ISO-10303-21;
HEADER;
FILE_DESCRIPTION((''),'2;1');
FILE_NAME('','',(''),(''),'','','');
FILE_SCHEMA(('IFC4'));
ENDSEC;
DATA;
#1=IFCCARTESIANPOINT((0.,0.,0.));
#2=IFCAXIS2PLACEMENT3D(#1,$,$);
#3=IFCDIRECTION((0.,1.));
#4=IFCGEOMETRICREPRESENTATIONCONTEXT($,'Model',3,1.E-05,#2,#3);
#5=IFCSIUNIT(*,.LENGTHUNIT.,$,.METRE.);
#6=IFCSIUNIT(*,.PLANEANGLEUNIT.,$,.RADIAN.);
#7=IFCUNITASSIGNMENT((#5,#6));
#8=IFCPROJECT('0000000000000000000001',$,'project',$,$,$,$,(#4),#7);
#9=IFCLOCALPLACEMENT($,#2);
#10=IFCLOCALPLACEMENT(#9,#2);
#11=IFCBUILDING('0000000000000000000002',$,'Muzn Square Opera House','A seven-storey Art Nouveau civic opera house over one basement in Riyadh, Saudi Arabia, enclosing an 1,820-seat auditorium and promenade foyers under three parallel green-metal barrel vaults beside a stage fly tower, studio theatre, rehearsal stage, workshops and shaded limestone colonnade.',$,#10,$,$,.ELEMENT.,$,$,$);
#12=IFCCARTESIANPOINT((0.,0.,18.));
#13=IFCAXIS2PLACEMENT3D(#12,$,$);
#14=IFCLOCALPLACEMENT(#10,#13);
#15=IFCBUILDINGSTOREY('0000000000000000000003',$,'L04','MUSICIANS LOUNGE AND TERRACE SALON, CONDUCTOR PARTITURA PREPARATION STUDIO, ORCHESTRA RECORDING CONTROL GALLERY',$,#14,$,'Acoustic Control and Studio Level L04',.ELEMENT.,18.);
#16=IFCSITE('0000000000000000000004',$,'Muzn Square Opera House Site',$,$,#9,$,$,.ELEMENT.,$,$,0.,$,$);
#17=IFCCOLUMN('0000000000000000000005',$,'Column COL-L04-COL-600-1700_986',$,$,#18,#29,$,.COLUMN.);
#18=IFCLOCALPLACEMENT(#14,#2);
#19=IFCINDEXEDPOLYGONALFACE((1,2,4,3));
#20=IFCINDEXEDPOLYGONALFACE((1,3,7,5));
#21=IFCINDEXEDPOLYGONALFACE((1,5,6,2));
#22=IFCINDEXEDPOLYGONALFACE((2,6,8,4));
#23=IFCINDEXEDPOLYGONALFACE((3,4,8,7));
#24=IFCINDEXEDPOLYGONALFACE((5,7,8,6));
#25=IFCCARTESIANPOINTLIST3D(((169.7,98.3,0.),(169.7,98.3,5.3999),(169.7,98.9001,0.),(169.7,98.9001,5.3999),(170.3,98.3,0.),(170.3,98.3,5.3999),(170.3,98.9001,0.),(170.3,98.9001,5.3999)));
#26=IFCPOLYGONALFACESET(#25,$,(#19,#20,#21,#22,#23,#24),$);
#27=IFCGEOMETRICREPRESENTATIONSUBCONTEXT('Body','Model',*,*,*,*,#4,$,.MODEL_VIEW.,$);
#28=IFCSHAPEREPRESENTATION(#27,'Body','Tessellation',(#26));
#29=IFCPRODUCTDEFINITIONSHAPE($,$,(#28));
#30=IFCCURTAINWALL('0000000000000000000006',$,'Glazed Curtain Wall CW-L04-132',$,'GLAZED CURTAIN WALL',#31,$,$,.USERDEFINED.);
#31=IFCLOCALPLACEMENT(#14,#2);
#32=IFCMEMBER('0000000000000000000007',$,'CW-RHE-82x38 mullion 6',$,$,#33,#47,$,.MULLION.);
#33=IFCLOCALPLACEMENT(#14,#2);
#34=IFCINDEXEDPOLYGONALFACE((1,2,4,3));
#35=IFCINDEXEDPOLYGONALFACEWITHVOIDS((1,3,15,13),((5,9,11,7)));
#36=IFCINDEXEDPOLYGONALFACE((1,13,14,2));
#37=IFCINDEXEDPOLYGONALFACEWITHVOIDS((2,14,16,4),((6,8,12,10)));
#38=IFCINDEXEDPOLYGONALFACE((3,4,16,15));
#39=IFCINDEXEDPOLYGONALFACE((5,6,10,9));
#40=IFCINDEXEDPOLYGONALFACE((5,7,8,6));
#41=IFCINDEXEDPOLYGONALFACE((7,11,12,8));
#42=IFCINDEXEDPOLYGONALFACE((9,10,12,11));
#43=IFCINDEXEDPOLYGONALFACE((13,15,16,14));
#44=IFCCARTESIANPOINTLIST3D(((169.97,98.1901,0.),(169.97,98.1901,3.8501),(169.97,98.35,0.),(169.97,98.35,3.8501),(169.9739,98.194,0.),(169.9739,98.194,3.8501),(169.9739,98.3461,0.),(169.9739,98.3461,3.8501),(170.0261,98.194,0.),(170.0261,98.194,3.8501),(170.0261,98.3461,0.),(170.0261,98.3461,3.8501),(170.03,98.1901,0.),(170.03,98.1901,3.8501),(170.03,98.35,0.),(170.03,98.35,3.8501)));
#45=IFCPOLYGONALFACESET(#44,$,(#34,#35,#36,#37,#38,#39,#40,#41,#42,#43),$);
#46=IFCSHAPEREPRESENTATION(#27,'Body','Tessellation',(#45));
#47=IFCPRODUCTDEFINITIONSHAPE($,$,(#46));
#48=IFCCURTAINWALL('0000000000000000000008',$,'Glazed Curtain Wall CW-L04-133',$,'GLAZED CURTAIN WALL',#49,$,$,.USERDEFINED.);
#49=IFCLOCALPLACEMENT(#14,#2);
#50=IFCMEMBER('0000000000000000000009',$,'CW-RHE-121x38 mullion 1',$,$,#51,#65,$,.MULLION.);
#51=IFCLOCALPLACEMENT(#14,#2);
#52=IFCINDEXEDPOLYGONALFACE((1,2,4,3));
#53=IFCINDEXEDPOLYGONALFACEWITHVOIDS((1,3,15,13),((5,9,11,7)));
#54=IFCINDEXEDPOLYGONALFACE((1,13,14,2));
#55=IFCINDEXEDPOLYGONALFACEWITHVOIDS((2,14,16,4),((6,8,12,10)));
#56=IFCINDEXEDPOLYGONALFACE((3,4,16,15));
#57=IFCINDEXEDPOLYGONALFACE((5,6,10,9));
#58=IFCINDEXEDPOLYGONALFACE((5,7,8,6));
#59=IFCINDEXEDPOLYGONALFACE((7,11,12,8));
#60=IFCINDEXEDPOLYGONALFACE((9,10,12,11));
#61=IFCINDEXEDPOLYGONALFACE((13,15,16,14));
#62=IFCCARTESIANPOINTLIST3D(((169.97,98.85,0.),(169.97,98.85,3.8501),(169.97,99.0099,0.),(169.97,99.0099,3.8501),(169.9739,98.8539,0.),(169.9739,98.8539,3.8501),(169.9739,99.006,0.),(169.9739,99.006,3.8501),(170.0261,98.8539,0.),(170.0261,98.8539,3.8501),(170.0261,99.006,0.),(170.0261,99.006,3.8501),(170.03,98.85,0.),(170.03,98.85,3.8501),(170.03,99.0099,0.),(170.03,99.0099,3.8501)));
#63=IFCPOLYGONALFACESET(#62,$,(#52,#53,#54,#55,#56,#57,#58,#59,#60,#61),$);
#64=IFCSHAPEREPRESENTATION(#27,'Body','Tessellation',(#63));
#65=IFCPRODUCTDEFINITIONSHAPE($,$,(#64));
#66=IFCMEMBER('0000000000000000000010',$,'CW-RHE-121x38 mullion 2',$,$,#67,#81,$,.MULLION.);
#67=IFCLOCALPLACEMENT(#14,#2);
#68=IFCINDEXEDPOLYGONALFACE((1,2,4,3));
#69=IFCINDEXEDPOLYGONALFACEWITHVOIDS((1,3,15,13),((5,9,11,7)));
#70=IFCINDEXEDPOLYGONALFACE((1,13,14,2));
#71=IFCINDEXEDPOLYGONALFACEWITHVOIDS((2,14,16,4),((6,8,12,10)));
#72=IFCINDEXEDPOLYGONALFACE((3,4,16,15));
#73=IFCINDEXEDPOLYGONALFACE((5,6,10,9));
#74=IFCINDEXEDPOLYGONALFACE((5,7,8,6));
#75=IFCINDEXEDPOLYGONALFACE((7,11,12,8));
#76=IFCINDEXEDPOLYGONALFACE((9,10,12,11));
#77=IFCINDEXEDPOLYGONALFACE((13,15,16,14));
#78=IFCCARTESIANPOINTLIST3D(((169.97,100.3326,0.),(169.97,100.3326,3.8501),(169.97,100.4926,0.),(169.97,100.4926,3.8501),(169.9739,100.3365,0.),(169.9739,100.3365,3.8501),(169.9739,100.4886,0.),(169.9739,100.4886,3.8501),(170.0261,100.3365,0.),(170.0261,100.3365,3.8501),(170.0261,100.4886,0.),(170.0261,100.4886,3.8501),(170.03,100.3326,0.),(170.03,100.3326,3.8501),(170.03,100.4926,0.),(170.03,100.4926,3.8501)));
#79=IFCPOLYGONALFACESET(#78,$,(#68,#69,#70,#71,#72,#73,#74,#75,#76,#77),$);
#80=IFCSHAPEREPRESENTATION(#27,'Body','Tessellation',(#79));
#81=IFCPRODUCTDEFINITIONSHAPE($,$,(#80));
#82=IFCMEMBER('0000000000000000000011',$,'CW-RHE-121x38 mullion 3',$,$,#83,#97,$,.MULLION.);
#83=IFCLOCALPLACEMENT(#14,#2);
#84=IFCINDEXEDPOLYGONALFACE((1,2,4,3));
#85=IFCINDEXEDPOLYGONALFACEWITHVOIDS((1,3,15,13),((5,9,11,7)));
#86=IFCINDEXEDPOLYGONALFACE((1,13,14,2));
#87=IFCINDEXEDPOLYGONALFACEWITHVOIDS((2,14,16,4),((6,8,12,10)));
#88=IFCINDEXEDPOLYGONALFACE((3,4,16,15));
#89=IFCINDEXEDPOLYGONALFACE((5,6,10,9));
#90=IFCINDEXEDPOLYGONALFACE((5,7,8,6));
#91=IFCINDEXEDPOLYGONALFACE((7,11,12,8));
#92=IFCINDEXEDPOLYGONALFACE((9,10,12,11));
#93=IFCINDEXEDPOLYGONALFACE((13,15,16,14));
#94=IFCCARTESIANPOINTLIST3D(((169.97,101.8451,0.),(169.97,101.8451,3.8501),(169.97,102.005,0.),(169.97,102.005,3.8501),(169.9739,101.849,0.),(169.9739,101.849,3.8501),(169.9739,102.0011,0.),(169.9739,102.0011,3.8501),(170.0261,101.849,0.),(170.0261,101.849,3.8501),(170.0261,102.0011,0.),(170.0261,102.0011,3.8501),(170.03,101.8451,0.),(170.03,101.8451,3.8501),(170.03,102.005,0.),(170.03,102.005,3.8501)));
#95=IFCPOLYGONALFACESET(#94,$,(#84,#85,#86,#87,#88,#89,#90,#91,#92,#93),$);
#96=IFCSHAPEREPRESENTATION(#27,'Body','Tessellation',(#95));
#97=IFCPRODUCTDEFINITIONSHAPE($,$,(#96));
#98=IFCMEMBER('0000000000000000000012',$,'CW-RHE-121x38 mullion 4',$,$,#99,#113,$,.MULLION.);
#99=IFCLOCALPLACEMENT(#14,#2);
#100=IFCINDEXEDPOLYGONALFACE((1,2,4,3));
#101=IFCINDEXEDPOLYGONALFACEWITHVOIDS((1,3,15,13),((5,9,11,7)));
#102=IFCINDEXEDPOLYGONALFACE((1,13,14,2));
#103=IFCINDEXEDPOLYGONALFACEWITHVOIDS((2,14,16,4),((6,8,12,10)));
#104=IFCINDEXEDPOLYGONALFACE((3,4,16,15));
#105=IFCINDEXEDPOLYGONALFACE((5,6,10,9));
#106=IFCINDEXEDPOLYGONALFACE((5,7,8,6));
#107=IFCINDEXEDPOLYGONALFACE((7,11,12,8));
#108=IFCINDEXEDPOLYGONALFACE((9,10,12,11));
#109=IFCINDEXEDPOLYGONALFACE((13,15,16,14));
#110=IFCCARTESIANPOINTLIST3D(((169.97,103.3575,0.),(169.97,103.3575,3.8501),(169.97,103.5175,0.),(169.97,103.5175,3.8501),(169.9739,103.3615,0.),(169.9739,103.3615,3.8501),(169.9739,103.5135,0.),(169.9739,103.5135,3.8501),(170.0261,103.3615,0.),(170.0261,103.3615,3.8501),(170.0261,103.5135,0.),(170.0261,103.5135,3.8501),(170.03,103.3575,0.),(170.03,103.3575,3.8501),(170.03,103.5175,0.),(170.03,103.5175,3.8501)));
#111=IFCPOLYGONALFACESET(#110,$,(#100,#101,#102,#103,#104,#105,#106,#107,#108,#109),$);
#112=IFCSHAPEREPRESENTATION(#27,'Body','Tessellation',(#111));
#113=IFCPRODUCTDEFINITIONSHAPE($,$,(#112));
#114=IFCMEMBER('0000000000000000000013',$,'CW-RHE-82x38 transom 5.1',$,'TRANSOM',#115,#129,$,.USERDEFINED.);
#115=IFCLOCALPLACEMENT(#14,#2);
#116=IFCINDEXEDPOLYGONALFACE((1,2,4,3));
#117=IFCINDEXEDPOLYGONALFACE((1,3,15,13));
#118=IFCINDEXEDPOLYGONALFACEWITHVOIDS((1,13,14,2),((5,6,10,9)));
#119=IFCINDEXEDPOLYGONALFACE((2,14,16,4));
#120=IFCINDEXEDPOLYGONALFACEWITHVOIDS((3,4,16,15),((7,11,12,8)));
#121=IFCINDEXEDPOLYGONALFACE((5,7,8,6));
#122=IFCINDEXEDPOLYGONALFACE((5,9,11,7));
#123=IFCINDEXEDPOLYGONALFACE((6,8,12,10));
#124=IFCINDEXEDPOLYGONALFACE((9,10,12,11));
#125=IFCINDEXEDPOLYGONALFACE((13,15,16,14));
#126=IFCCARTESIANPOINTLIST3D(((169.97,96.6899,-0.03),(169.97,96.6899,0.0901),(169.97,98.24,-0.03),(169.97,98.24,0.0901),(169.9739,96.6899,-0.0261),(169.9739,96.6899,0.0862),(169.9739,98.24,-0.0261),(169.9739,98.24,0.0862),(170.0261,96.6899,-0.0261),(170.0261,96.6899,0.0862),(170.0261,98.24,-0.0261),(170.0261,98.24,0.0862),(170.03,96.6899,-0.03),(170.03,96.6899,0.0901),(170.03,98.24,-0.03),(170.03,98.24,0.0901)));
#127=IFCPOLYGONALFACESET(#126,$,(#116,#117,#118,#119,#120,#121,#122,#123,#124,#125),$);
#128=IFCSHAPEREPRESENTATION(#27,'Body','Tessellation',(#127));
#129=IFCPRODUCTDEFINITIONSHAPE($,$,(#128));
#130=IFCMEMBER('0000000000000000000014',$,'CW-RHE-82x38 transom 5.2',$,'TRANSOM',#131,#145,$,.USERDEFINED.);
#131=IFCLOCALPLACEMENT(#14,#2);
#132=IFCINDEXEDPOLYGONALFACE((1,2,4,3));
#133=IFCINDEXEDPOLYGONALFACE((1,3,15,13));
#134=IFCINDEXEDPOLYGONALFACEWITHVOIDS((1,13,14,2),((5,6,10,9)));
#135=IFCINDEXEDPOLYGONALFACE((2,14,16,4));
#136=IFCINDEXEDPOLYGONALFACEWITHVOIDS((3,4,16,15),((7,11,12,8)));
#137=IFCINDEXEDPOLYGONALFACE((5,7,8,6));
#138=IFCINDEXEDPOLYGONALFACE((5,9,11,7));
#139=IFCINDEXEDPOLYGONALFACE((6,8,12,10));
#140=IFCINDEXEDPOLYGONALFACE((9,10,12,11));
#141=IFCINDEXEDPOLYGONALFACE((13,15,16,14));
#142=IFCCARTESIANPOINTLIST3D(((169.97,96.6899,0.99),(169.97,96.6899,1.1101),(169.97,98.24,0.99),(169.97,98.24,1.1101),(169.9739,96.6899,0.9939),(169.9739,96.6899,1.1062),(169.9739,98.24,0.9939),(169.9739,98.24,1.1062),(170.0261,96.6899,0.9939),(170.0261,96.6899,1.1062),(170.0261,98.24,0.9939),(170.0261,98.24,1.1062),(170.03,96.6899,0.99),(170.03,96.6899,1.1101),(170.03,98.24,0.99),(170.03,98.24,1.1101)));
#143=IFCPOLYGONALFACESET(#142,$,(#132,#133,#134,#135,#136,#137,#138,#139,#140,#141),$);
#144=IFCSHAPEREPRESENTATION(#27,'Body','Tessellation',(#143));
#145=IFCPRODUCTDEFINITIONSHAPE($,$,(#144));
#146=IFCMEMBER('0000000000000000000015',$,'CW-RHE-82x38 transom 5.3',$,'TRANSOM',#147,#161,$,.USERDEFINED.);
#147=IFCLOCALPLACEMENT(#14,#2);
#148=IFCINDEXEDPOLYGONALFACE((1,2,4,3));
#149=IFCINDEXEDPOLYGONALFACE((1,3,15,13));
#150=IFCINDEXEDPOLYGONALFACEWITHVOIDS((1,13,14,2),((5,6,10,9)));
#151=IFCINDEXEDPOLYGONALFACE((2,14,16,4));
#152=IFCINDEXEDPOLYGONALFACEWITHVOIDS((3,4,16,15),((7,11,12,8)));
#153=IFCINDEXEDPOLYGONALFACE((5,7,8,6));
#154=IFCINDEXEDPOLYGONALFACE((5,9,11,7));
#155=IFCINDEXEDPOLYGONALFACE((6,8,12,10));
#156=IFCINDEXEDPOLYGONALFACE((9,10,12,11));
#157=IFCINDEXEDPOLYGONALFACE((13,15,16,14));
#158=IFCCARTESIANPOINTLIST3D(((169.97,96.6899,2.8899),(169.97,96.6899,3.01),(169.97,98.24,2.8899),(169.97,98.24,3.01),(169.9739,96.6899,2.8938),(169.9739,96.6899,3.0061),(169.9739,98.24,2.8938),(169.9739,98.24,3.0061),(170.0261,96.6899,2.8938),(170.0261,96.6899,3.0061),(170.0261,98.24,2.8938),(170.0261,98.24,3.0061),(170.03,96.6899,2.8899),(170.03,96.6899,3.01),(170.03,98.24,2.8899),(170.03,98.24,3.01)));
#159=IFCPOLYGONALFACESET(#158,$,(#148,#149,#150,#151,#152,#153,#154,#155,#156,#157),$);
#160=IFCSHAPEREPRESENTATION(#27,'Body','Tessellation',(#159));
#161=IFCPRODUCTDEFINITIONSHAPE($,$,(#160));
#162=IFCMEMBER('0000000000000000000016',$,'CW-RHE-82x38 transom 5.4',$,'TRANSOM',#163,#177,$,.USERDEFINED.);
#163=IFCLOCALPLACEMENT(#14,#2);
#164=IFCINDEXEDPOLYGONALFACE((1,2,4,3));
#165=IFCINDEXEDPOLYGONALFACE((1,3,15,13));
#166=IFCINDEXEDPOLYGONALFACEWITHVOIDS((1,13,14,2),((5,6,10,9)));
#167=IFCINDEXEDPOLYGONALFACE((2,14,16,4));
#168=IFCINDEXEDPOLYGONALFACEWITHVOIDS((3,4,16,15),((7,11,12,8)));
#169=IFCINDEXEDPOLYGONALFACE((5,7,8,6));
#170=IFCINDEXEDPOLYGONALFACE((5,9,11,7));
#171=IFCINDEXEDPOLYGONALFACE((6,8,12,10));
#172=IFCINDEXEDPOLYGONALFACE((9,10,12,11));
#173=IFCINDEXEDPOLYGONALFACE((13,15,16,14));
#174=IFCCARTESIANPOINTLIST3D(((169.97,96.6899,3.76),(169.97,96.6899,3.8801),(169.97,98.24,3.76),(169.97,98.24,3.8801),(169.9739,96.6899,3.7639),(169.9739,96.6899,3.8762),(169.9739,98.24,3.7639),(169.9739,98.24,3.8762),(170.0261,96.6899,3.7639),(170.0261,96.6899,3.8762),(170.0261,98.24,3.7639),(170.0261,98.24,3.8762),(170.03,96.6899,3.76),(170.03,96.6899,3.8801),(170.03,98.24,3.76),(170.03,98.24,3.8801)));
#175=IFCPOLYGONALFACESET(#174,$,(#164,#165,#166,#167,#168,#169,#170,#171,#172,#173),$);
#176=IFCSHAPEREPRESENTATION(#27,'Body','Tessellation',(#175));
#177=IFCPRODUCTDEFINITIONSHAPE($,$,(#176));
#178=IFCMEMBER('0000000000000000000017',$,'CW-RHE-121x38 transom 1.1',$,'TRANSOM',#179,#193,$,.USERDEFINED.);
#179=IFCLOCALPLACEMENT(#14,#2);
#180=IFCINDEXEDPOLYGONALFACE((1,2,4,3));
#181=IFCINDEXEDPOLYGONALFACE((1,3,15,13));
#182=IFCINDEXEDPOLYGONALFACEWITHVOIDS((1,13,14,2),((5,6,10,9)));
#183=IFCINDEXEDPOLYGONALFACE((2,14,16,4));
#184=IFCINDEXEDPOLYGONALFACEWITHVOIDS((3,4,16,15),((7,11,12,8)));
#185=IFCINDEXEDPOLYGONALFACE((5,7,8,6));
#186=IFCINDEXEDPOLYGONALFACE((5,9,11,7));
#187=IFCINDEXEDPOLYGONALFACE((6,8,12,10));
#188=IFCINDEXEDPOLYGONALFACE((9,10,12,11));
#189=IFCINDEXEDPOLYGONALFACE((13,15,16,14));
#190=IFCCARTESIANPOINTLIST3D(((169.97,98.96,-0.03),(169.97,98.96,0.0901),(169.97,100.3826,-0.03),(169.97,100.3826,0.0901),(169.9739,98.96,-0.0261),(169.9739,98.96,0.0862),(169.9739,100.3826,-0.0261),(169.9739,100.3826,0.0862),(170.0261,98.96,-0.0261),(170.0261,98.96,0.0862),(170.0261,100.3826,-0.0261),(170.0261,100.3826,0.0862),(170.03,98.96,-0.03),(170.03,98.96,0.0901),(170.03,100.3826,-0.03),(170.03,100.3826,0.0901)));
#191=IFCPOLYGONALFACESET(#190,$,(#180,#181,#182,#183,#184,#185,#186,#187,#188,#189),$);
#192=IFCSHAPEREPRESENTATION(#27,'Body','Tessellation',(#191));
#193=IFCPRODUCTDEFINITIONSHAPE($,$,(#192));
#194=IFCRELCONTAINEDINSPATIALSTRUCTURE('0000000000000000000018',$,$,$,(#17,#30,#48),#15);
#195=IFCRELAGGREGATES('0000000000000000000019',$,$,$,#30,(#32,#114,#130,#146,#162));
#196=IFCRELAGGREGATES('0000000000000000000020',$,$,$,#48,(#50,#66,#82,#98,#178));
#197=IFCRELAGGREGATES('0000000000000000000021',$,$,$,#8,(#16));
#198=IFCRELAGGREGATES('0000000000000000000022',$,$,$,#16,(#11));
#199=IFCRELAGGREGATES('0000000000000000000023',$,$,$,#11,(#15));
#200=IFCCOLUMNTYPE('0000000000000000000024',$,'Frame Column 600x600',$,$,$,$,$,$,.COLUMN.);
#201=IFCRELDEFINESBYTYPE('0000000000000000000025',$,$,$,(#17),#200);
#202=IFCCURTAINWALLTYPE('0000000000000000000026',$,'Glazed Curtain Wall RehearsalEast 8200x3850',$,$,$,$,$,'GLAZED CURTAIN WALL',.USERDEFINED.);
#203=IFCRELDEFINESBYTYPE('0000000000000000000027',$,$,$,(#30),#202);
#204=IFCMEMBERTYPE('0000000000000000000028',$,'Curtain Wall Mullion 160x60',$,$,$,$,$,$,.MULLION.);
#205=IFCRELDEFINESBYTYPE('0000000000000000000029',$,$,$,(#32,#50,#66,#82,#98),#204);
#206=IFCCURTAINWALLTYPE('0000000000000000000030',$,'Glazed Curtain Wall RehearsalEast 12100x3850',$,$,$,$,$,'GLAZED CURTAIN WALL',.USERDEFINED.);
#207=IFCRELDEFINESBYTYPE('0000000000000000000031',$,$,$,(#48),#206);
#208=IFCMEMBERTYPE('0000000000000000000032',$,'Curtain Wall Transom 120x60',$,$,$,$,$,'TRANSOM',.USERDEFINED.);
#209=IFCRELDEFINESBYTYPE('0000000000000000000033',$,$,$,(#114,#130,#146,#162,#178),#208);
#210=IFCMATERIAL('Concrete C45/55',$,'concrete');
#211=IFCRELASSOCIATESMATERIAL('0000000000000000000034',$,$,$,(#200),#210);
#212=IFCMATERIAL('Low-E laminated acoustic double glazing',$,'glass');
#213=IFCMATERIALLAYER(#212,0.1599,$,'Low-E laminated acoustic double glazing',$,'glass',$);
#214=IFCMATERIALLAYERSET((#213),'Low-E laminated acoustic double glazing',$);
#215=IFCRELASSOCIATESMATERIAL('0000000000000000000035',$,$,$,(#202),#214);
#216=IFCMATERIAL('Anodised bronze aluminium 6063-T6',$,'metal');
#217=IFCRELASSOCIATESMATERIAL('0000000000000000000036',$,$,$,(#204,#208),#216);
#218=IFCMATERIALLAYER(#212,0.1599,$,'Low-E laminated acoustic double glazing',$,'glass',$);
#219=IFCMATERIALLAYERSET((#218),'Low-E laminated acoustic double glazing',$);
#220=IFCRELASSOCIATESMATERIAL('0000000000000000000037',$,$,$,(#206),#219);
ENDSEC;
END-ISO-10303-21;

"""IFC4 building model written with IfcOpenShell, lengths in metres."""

from ifc_helpers import new_model, si_unit, direction, frame, origin, origin_2d, place, context, subcontext, project, spatial, rectangle, hollow_rectangle, extrude, material, layer, layer_set, material_profile, profile_set, type_object, element, aggregate, save


model = new_model("IFC4")

# Units and contexts
model_context = context("Model", 3, precision=1e-05, world=origin(), true_north=direction((0.0, 1.0)))
body_context = subcontext(model_context, "Body", "Model", "MODEL_VIEW")
ifc_project = project(units=[si_unit("LENGTHUNIT", "METRE"), si_unit("PLANEANGLEUNIT", "RADIAN")], contexts=[model_context])

# Site, building, storey
site_placement = place(None, origin())
site = spatial("IfcSite", under=ifc_project, at=site_placement, Name="Muzn Square Opera House Site", CompositionType="ELEMENT", RefElevation=0.0)
building_placement = place(site_placement, origin())
building = spatial("IfcBuilding", under=site, at=building_placement, Name="Muzn Square Opera House", Description="A seven-storey Art Nouveau civic opera house over one basement in Riyadh, Saudi Arabia, enclosing an 1,820-seat auditorium and promenade foyers under three parallel green-metal barrel vaults beside a stage fly tower, studio theatre, rehearsal stage, workshops and shaded limestone colonnade.", CompositionType="ELEMENT")
storey_placement = place(building_placement, frame((0.0, 0.0, 18.0)))
storey = spatial("IfcBuildingStorey", under=building, at=storey_placement, Name="L04", Description="MUSICIANS LOUNGE AND TERRACE SALON, CONDUCTOR PARTITURA PREPARATION STUDIO, ORCHESTRA RECORDING CONTROL GALLERY", LongName="Acoustic Control and Studio Level L04", CompositionType="ELEMENT", Elevation=18.0)

# Column
ifc_material_1 = material(Name="Concrete C45/55", Category="concrete")
ifc_material_profile_1 = material_profile(ifc_material_1, rectangle(XDim=0.6001, YDim=0.6001, at=origin_2d()), Name="RC 600x600", Category="concrete")
ifc_profile_set_1 = profile_set([ifc_material_profile_1], Name="Concrete C45/55")
column_type = type_object("IfcColumnType", Name="Frame Column 600x600", PredefinedType="COLUMN", material=ifc_profile_set_1)
column_placement = place(storey_placement, frame((170.0, 98.6001, 0.0), z_axis=(0.0, 0.0, 1.0), x_axis=(1.0, 0.0, 0.0)))
element("IfcColumn", 1, at=column_placement, inside=storey, type_object=column_type, Name="Column COL-L04-COL-600-1700_986", PredefinedType="COLUMN", context=body_context, shape_type="SweptSolid", body=[
    extrude(rectangle(XDim=0.6001, YDim=0.6001, at=origin_2d()), origin(), (0.0, 0.0, 1.0), 5.3999),
])

# Curtain wall, member
ifc_material_2 = material(Name="Low-E laminated acoustic double glazing", Category="glass")
ifc_layer_1 = layer(ifc_material_2, 0.1599, Name="Low-E laminated acoustic double glazing", Category="glass")
ifc_layer_set_1 = layer_set([ifc_layer_1], Name="Low-E laminated acoustic double glazing")
curtain_wall_type_1 = type_object("IfcCurtainWallType", Name="Glazed Curtain Wall RehearsalEast 8200x3850", ElementType="GLAZED CURTAIN WALL", PredefinedType="USERDEFINED", material=ifc_layer_set_1)
curtain_wall_1_placement = place(storey_placement, origin())
curtain_wall_1 = element("IfcCurtainWall", 2, at=curtain_wall_1_placement, inside=storey, type_object=curtain_wall_type_1, Name="Glazed Curtain Wall CW-L04-132", ObjectType="GLAZED CURTAIN WALL", PredefinedType="USERDEFINED")
ifc_material_3 = material(Name="Anodised bronze aluminium 6063-T6", Category="metal")
ifc_material_profile_2 = material_profile(ifc_material_3, hollow_rectangle(XDim=0.0601, YDim=0.1599, WallThickness=0.0039, at=origin_2d()), Name="ALU 160x60x4", Category="metal")
ifc_profile_set_2 = profile_set([ifc_material_profile_2], Name="Anodised bronze aluminium 6063-T6")
member_type_1 = type_object("IfcMemberType", Name="Curtain Wall Mullion 160x60", PredefinedType="MULLION", material=ifc_profile_set_2)
member_1_placement = place(storey_placement, frame((170.0, 98.27, 0.0), z_axis=(0.0, 0.0, 1.0), x_axis=(-1.0, 0.0, 0.0)))
member_1 = element("IfcMember", 3, at=member_1_placement, type_object=member_type_1, Name="CW-RHE-82x38 mullion 6", PredefinedType="MULLION", context=body_context, shape_type="SweptSolid", body=[
    extrude(hollow_rectangle(XDim=0.0601, YDim=0.1599, WallThickness=0.0039, at=origin_2d()), origin(), (0.0, 0.0, 1.0), 3.8501),
])

# Curtain wall, members
ifc_layer_2 = layer(ifc_material_2, 0.1599, Name="Low-E laminated acoustic double glazing", Category="glass")
ifc_layer_set_2 = layer_set([ifc_layer_2], Name="Low-E laminated acoustic double glazing")
curtain_wall_type_2 = type_object("IfcCurtainWallType", Name="Glazed Curtain Wall RehearsalEast 12100x3850", ElementType="GLAZED CURTAIN WALL", PredefinedType="USERDEFINED", material=ifc_layer_set_2)
curtain_wall_2_placement = place(storey_placement, origin())
curtain_wall_2 = element("IfcCurtainWall", 4, at=curtain_wall_2_placement, inside=storey, type_object=curtain_wall_type_2, Name="Glazed Curtain Wall CW-L04-133", ObjectType="GLAZED CURTAIN WALL", PredefinedType="USERDEFINED")
member_2_placement = place(storey_placement, frame((170.0, 98.9299, 0.0), z_axis=(0.0, 0.0, 1.0), x_axis=(-1.0, 0.0, 0.0)))
member_2 = element("IfcMember", 5, at=member_2_placement, type_object=member_type_1, Name="CW-RHE-121x38 mullion 1", PredefinedType="MULLION", context=body_context, shape_type="SweptSolid", body=[
    extrude(hollow_rectangle(XDim=0.0601, YDim=0.1599, WallThickness=0.0039, at=origin_2d()), origin(), (0.0, 0.0, 1.0), 3.8501),
])
member_3_placement = place(storey_placement, frame((170.0, 100.4126, 0.0), z_axis=(0.0, 0.0, 1.0), x_axis=(-1.0, 0.0, 0.0)))
member_3 = element("IfcMember", 6, at=member_3_placement, type_object=member_type_1, Name="CW-RHE-121x38 mullion 2", PredefinedType="MULLION", context=body_context, shape_type="SweptSolid", body=[
    extrude(hollow_rectangle(XDim=0.0601, YDim=0.1599, WallThickness=0.0039, at=origin_2d()), origin(), (0.0, 0.0, 1.0), 3.8501),
])
member_4_placement = place(storey_placement, frame((170.0, 101.925, 0.0), z_axis=(0.0, 0.0, 1.0), x_axis=(-1.0, 0.0, 0.0)))
member_4 = element("IfcMember", 7, at=member_4_placement, type_object=member_type_1, Name="CW-RHE-121x38 mullion 3", PredefinedType="MULLION", context=body_context, shape_type="SweptSolid", body=[
    extrude(hollow_rectangle(XDim=0.0601, YDim=0.1599, WallThickness=0.0039, at=origin_2d()), origin(), (0.0, 0.0, 1.0), 3.8501),
])
member_5_placement = place(storey_placement, frame((170.0, 103.4375, 0.0), z_axis=(0.0, 0.0, 1.0), x_axis=(-1.0, 0.0, 0.0)))
member_5 = element("IfcMember", 8, at=member_5_placement, type_object=member_type_1, Name="CW-RHE-121x38 mullion 4", PredefinedType="MULLION", context=body_context, shape_type="SweptSolid", body=[
    extrude(hollow_rectangle(XDim=0.0601, YDim=0.1599, WallThickness=0.0039, at=origin_2d()), origin(), (0.0, 0.0, 1.0), 3.8501),
])

# Members
ifc_material_profile_3 = material_profile(ifc_material_3, hollow_rectangle(XDim=0.0601, YDim=0.1201, WallThickness=0.0039, at=origin_2d()), Name="ALU 120x60x4", Category="metal")
ifc_profile_set_3 = profile_set([ifc_material_profile_3], Name="Anodised bronze aluminium 6063-T6")
member_type_2 = type_object("IfcMemberType", Name="Curtain Wall Transom 120x60", ElementType="TRANSOM", PredefinedType="USERDEFINED", material=ifc_profile_set_3)
member_6_placement = place(storey_placement, frame((170.0, 96.6899, 0.03), z_axis=(0.0, 1.0, 0.0), x_axis=(-1.0, 0.0, 0.0)))
member_6 = element("IfcMember", 9, at=member_6_placement, type_object=member_type_2, Name="CW-RHE-82x38 transom 5.1", ObjectType="TRANSOM", PredefinedType="USERDEFINED", context=body_context, shape_type="SweptSolid", body=[
    extrude(hollow_rectangle(XDim=0.0601, YDim=0.1201, WallThickness=0.0039, at=origin_2d()), origin(), (0.0, 0.0, 1.0), 1.55),
])
member_7_placement = place(storey_placement, frame((170.0, 96.6899, 1.05), z_axis=(0.0, 1.0, 0.0), x_axis=(-1.0, 0.0, 0.0)))
member_7 = element("IfcMember", 10, at=member_7_placement, type_object=member_type_2, Name="CW-RHE-82x38 transom 5.2", ObjectType="TRANSOM", PredefinedType="USERDEFINED", context=body_context, shape_type="SweptSolid", body=[
    extrude(hollow_rectangle(XDim=0.0601, YDim=0.1201, WallThickness=0.0039, at=origin_2d()), origin(), (0.0, 0.0, 1.0), 1.55),
])
member_8_placement = place(storey_placement, frame((170.0, 96.6899, 2.95), z_axis=(0.0, 1.0, 0.0), x_axis=(-1.0, 0.0, 0.0)))
member_8 = element("IfcMember", 11, at=member_8_placement, type_object=member_type_2, Name="CW-RHE-82x38 transom 5.3", ObjectType="TRANSOM", PredefinedType="USERDEFINED", context=body_context, shape_type="SweptSolid", body=[
    extrude(hollow_rectangle(XDim=0.0601, YDim=0.1201, WallThickness=0.0039, at=origin_2d()), origin(), (0.0, 0.0, 1.0), 1.55),
])
member_9_placement = place(storey_placement, frame((170.0, 96.6899, 3.8201), z_axis=(0.0, 1.0, 0.0), x_axis=(-1.0, 0.0, 0.0)))
member_9 = element("IfcMember", 12, at=member_9_placement, type_object=member_type_2, Name="CW-RHE-82x38 transom 5.4", ObjectType="TRANSOM", PredefinedType="USERDEFINED", context=body_context, shape_type="SweptSolid", body=[
    extrude(hollow_rectangle(XDim=0.0601, YDim=0.1201, WallThickness=0.0039, at=origin_2d()), origin(), (0.0, 0.0, 1.0), 1.55),
])
member_10_placement = place(storey_placement, frame((170.0, 98.96, 0.03), z_axis=(0.0, 1.0, 0.0), x_axis=(-1.0, 0.0, 0.0)))
member_10 = element("IfcMember", 13, at=member_10_placement, type_object=member_type_2, Name="CW-RHE-121x38 transom 1.1", ObjectType="TRANSOM", PredefinedType="USERDEFINED", context=body_context, shape_type="SweptSolid", body=[
    extrude(hollow_rectangle(XDim=0.0601, YDim=0.1201, WallThickness=0.0039, at=origin_2d()), origin(), (0.0, 0.0, 1.0), 1.4226),
])

aggregate(curtain_wall_1, [member_1, member_6, member_7, member_8, member_9])
aggregate(curtain_wall_2, [member_2, member_3, member_4, member_5, member_10])

save(model, "model.ifc")
